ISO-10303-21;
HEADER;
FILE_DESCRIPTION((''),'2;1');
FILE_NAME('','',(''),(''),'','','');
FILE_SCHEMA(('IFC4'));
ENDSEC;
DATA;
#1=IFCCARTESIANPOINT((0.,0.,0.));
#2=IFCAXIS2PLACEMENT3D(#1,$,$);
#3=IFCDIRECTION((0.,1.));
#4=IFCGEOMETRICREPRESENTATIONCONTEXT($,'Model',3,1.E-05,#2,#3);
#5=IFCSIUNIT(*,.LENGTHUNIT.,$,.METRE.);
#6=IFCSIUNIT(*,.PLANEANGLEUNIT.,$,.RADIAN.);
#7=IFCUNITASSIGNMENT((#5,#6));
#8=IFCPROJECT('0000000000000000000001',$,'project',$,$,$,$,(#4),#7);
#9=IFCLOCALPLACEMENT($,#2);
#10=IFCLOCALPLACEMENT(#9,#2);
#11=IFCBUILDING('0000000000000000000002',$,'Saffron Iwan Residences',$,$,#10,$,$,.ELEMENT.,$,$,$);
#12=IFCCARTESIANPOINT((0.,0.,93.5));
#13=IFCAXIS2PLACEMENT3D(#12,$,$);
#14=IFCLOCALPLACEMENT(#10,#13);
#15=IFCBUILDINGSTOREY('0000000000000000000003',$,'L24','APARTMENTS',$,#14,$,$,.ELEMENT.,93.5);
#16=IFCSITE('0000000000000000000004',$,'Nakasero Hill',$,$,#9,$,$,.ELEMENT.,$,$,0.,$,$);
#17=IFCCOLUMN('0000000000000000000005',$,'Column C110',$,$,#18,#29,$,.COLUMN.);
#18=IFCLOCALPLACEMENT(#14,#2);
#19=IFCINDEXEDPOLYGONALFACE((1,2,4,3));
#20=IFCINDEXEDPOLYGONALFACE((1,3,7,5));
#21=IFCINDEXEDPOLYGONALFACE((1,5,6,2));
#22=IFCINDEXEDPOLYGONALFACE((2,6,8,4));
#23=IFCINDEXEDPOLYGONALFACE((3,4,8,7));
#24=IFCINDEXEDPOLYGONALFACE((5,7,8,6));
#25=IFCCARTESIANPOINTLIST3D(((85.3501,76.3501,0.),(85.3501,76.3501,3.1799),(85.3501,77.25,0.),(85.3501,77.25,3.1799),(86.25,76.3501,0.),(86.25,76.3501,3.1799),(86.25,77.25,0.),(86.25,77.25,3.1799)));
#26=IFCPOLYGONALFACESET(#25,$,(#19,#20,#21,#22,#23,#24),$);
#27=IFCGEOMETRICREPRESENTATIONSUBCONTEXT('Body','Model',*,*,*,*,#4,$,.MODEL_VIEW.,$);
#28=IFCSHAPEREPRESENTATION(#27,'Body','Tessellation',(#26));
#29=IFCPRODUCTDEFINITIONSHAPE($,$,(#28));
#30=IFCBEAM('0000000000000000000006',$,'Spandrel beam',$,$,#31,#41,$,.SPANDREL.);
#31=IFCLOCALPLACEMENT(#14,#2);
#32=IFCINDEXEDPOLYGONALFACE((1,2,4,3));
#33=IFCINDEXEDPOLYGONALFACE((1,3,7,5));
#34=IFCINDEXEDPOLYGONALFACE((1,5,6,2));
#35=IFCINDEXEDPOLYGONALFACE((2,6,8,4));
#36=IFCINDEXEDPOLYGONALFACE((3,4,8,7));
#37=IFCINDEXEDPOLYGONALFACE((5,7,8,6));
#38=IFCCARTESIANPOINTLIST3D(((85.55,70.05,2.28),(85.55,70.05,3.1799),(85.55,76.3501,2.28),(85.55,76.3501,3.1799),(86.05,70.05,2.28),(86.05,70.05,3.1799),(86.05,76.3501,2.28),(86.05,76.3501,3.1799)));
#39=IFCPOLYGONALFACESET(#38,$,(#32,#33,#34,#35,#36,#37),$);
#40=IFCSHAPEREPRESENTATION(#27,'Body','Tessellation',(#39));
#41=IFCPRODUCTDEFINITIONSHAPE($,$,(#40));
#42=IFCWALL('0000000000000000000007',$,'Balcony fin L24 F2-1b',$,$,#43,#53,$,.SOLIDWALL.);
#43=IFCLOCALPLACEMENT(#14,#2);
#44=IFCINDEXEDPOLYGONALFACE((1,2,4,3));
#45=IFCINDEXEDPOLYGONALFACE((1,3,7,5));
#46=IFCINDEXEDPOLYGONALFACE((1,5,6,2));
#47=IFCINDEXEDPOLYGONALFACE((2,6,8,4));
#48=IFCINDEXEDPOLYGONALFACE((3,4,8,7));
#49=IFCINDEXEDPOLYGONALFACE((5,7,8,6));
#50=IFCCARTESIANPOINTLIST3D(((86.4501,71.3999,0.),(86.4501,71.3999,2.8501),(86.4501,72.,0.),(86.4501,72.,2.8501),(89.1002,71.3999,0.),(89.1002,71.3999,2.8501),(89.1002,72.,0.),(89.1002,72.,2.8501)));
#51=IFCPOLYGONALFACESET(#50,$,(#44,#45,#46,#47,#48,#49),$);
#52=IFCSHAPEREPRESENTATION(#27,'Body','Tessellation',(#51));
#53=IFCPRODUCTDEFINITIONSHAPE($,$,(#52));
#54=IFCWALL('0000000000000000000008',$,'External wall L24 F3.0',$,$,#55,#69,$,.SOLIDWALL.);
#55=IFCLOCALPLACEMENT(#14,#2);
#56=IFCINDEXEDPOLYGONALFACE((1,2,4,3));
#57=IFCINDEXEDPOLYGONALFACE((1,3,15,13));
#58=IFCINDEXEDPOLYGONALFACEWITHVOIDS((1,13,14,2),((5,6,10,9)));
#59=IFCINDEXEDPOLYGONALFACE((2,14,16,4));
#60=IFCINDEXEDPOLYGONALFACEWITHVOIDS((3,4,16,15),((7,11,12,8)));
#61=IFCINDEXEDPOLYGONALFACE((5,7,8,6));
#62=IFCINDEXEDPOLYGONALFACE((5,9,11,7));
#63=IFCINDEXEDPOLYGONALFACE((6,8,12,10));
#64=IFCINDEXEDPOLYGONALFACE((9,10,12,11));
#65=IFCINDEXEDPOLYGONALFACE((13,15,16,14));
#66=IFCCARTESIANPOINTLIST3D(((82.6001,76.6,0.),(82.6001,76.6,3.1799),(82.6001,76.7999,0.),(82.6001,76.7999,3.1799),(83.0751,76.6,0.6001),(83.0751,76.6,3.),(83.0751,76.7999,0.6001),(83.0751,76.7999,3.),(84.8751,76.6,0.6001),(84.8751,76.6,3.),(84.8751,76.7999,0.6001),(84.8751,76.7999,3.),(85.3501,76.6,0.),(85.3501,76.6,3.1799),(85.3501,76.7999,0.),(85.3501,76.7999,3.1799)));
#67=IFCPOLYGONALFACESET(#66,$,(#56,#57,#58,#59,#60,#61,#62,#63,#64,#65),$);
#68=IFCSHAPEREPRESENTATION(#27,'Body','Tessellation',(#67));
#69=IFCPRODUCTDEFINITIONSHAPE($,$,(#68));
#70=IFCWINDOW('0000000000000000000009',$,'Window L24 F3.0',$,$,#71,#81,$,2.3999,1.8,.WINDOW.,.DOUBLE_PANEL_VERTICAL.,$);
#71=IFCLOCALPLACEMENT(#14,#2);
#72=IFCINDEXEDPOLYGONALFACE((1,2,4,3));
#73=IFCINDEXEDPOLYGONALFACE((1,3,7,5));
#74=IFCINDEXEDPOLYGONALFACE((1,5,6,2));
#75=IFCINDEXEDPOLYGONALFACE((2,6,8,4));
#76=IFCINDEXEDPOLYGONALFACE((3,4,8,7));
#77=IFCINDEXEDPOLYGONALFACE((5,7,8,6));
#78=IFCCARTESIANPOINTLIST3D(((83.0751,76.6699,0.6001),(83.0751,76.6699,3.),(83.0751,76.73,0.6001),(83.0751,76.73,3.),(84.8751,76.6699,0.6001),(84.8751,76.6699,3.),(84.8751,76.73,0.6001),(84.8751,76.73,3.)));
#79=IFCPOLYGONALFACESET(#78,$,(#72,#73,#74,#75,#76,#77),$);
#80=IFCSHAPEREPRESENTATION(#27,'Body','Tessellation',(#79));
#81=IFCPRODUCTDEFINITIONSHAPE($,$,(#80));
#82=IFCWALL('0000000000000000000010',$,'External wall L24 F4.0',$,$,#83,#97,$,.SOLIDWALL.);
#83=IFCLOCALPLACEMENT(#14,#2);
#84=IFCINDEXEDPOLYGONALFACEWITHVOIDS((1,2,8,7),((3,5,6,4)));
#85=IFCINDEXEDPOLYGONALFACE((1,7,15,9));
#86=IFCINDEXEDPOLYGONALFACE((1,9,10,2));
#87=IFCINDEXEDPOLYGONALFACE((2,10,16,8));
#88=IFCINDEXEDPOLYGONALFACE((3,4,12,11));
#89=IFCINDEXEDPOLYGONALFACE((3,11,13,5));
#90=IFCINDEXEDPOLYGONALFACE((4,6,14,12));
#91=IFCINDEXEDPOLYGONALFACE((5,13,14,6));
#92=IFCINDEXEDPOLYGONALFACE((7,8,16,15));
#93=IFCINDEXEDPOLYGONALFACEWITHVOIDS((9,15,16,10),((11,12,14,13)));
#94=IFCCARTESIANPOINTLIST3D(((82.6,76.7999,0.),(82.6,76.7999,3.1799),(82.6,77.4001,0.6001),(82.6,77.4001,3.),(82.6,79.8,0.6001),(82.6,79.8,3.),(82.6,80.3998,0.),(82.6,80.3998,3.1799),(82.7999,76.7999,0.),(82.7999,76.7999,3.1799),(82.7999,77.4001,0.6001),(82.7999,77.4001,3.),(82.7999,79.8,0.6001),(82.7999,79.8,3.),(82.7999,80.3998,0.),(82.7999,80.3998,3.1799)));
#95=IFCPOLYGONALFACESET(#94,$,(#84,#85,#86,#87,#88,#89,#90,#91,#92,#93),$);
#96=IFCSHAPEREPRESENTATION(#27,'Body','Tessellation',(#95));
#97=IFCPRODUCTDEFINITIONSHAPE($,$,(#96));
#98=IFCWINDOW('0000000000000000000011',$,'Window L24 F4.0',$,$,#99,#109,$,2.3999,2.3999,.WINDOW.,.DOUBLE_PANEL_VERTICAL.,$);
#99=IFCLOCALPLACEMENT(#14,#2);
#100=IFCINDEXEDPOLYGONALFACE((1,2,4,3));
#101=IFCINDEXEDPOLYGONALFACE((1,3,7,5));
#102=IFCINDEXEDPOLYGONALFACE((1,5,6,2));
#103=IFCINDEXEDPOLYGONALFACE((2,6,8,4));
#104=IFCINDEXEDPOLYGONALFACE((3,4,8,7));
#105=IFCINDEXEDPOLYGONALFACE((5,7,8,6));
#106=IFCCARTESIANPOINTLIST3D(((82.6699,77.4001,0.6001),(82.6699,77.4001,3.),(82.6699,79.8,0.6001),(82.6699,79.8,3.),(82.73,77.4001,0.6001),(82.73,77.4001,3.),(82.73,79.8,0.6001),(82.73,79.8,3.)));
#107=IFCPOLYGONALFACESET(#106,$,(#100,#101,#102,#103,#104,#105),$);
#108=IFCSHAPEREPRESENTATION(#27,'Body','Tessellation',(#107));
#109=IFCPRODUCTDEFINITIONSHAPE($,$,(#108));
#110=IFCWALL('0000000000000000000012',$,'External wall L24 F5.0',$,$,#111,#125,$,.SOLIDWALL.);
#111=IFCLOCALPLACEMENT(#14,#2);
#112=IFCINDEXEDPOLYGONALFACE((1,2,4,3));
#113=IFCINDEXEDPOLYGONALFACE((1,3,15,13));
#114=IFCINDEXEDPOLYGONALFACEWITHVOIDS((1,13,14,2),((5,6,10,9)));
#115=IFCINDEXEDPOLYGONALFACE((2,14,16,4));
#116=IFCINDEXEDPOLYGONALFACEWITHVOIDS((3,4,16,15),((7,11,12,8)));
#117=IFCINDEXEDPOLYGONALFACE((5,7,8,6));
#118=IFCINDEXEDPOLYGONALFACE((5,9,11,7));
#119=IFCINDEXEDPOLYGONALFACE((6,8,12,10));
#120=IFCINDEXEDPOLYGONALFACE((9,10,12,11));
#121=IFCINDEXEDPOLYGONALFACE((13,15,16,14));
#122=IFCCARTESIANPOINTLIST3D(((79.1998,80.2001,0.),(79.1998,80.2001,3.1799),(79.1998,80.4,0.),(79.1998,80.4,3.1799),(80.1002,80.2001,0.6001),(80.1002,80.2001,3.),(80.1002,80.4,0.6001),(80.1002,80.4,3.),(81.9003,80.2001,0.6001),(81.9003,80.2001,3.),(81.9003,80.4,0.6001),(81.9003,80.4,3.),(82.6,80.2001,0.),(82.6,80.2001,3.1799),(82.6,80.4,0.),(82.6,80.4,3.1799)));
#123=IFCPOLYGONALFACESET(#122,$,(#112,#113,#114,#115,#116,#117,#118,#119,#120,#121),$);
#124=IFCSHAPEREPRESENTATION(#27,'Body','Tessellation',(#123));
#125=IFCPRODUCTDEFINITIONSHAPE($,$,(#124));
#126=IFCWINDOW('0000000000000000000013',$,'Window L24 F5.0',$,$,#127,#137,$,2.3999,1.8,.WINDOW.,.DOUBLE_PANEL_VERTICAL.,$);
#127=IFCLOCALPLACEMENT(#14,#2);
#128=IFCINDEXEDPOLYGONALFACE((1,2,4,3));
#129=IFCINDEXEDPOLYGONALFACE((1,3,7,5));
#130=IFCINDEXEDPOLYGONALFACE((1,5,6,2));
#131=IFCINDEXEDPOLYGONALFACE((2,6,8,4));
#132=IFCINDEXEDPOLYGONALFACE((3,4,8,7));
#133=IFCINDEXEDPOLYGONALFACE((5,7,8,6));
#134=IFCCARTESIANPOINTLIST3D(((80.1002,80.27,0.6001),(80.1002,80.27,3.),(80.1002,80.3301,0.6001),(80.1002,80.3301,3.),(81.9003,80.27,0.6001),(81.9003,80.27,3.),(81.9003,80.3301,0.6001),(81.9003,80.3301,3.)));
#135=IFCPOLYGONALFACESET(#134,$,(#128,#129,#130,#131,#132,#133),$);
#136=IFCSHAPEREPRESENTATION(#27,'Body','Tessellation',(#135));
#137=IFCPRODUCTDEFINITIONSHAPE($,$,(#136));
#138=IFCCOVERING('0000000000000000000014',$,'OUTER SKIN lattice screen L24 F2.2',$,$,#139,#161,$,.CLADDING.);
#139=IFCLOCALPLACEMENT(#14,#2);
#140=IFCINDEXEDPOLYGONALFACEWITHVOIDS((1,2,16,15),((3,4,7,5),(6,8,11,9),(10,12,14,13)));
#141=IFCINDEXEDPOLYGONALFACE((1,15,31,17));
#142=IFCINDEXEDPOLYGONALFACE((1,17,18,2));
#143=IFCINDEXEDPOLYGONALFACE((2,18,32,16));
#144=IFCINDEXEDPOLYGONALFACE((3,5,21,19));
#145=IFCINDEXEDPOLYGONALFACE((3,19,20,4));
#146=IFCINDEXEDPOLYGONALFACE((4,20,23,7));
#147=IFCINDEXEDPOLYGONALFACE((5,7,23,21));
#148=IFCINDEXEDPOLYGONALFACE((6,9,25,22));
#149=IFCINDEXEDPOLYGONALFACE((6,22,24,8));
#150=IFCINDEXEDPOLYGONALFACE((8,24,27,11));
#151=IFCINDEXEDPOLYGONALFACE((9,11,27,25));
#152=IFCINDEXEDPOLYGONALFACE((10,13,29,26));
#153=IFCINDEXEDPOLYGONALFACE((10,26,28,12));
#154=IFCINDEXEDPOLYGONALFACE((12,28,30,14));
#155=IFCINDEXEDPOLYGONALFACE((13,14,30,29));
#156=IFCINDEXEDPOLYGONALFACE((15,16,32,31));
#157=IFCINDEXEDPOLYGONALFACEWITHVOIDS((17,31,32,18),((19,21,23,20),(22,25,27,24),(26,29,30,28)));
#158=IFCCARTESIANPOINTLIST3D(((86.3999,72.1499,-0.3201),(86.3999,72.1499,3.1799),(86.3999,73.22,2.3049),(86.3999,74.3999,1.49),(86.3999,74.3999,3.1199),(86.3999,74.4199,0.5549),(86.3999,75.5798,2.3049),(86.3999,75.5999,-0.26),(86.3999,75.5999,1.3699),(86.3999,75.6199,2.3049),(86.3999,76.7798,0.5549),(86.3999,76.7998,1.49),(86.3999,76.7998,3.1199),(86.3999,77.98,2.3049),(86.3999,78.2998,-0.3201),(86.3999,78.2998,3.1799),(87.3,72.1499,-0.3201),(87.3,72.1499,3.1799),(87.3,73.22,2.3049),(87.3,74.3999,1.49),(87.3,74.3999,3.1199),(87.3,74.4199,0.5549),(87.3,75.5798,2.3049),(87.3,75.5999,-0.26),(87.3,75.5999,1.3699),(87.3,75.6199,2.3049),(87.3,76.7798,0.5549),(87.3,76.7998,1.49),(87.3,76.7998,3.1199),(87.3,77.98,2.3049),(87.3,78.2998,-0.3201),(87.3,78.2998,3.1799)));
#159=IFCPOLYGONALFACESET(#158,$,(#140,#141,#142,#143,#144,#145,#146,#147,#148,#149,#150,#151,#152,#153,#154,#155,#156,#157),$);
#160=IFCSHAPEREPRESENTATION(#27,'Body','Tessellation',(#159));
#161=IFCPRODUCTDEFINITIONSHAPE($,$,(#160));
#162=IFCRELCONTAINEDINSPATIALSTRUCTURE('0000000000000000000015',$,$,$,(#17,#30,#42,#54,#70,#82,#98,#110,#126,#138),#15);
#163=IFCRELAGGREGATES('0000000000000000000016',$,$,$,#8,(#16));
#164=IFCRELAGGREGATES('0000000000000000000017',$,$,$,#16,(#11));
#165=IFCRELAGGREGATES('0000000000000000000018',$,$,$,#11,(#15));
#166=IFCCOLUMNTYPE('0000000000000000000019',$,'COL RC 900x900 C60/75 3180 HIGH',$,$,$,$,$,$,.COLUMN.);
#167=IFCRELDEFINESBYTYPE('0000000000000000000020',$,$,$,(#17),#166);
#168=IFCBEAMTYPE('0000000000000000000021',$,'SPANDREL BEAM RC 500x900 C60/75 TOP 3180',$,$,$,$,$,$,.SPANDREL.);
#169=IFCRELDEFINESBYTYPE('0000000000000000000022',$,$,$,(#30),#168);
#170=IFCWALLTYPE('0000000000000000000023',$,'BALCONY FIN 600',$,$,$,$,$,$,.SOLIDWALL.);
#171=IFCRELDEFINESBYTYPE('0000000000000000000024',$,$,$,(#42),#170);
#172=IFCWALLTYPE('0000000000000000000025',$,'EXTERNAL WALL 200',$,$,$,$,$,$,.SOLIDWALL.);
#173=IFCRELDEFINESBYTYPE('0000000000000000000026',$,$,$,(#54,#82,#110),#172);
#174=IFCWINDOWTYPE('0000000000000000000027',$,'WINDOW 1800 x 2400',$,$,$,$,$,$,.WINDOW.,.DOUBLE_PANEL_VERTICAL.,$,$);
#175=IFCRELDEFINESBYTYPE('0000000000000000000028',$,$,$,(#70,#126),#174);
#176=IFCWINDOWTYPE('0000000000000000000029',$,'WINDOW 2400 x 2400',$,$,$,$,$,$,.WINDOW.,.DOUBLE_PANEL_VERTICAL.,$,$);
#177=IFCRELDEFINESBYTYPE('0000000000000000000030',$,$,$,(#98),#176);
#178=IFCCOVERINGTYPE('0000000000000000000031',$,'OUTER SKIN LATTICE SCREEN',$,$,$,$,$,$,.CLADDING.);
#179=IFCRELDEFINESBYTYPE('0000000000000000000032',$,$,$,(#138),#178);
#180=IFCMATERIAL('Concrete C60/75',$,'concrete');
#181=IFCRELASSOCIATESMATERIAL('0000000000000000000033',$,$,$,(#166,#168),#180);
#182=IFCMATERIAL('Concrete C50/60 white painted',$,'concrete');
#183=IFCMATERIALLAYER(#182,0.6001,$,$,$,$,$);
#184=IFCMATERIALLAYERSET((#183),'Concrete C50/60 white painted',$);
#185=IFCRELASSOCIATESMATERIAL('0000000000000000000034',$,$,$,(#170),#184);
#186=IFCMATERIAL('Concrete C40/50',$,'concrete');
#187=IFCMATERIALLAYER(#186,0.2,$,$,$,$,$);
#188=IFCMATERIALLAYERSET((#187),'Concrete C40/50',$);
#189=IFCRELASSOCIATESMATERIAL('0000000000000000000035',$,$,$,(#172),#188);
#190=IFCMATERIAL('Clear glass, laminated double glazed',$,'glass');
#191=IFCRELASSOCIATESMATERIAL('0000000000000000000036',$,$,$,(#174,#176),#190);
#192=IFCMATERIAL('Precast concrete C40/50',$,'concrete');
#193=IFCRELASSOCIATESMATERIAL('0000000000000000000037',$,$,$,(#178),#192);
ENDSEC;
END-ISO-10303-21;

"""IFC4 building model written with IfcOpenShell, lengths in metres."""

from ifc_helpers import new_model, si_unit, direction, frame, frame_2d, origin, origin_2d, place, context, subcontext, project, spatial, polyline, rectangle, outline, extrude, source, transform, mapped, material, layer, layer_set, material_profile, profile_set, type_object, element, fill, save


model = new_model("IFC4")

# Units and contexts
model_context = context("Model", 3, precision=1e-05, world=origin(), true_north=direction((0.0, 1.0)))
body_context = subcontext(model_context, "Body", "Model", "MODEL_VIEW")
ifc_project = project(units=[si_unit("LENGTHUNIT", "METRE"), si_unit("PLANEANGLEUNIT", "RADIAN")], contexts=[model_context])

# Site, building, storey
site_placement = place(None, origin())
site = spatial("IfcSite", under=ifc_project, at=site_placement, Name="Nakasero Hill", CompositionType="ELEMENT", RefElevation=0.0)
building_placement = place(site_placement, origin())
building = spatial("IfcBuilding", under=site, at=building_placement, Name="Saffron Iwan Residences", CompositionType="ELEMENT")
storey_placement = place(building_placement, frame((0.0, 0.0, 93.5)))
storey = spatial("IfcBuildingStorey", under=building, at=storey_placement, Name="L24", Description="APARTMENTS", CompositionType="ELEMENT", Elevation=93.5)

# Column
ifc_material_1 = material(Name="Concrete C60/75", Category="concrete")
ifc_material_profile_1 = material_profile(ifc_material_1, rectangle(XDim=0.8999, YDim=0.8999, at=origin_2d()), Name="RC 900x900")
ifc_profile_set_1 = profile_set([ifc_material_profile_1], Name="Concrete C60/75")
column_type = type_object("IfcColumnType", Name="COL RC 900x900 C60/75 3180 HIGH", PredefinedType="COLUMN", material=ifc_profile_set_1)
shared_shape_1 = source(origin(), body_context, "Body", "SweptSolid", [
    extrude(rectangle(XDim=0.8999, YDim=0.8999, at=origin_2d()), origin(), (0.0, 0.0, 1.0), 3.1799),
])
column_placement = place(storey_placement, frame((85.8, 76.8, 0.0), z_axis=(0.0, 0.0, 1.0), x_axis=(1.0, 0.0, 0.0)))
element("IfcColumn", 1, at=column_placement, inside=storey, type_object=column_type, Name="Column C110", PredefinedType="COLUMN", context=body_context, shape_type="MappedRepresentation", body=[
    mapped(shared_shape_1, transform((0.0, 0.0, 0.0))),
])

# Beam
ifc_material_profile_2 = material_profile(ifc_material_1, rectangle(XDim=0.5, YDim=0.8999, at=origin_2d()), Name="RC 500x900")
ifc_profile_set_2 = profile_set([ifc_material_profile_2], Name="Concrete C60/75")
beam_type = type_object("IfcBeamType", Name="SPANDREL BEAM RC 500x900 C60/75 TOP 3180", PredefinedType="SPANDREL", material=ifc_profile_set_2)
shared_shape_2 = source(origin(), body_context, "Body", "SweptSolid", [
    extrude(rectangle(XDim=0.5, YDim=0.8999, at=origin_2d()), origin(), (0.0, 0.0, 1.0), 6.3),
])
beam_placement = place(storey_placement, frame((85.8, 76.3501, 2.73), z_axis=(0.0, -1.0, 0.0), x_axis=(1.0, 0.0, 0.0)))
element("IfcBeam", 2, at=beam_placement, inside=storey, type_object=beam_type, Name="Spandrel beam", PredefinedType="SPANDREL", context=body_context, shape_type="MappedRepresentation", body=[
    mapped(shared_shape_2, transform((0.0, 0.0, 0.0))),
])

# Wall
ifc_material_2 = material(Name="Concrete C50/60 white painted", Category="concrete")
ifc_layer_1 = layer(ifc_material_2, 0.6001)
ifc_layer_set_1 = layer_set([ifc_layer_1], Name="Concrete C50/60 white painted")
wall_type_1 = type_object("IfcWallType", Name="BALCONY FIN 600", PredefinedType="SOLIDWALL", material=ifc_layer_set_1)
wall_1_placement = place(storey_placement, frame((86.45, 71.7, 0.0), z_axis=(0.0, 0.0, 1.0), x_axis=(1.0, 0.0, 0.0)))
element("IfcWall", 3, at=wall_1_placement, inside=storey, type_object=wall_type_1, Name="Balcony fin L24 F2-1b", PredefinedType="SOLIDWALL", context=body_context, shape_type="SweptSolid", body=[
    extrude(rectangle(XDim=2.6501, YDim=0.6001, at=frame_2d((1.3252, 0.0))), origin(), (0.0, 0.0, 1.0), 2.8501),
])

# Walls, openings, windows
ifc_material_3 = material(Name="Concrete C40/50", Category="concrete")
ifc_layer_2 = layer(ifc_material_3, 0.2)
ifc_layer_set_2 = layer_set([ifc_layer_2], Name="Concrete C40/50")
wall_type_2 = type_object("IfcWallType", Name="EXTERNAL WALL 200", PredefinedType="SOLIDWALL", material=ifc_layer_set_2)
wall_2_placement = place(storey_placement, frame((85.3501, 76.7, 0.0), z_axis=(0.0, 0.0, 1.0), x_axis=(-1.0, 0.0, 0.0)))
wall_2 = element("IfcWall", 4, at=wall_2_placement, inside=storey, type_object=wall_type_2, Name="External wall L24 F3.0", PredefinedType="SOLIDWALL", context=body_context, shape_type="SweptSolid", body=[
    extrude(rectangle(XDim=2.75, YDim=0.2, at=frame_2d((1.375, 0.0))), origin(), (0.0, 0.0, 1.0), 3.1799),
])
opening_1_placement = place(wall_2_placement, frame((0.4751, 0.0, 0.6001)))
opening_1 = element("IfcOpeningElement", 5, at=opening_1_placement, cuts=wall_2, PredefinedType="OPENING", context=body_context, shape_type="SweptSolid", body=[
    extrude(rectangle(XDim=1.8, YDim=2.3999, at=frame_2d((0.8999, 1.2))), frame((0.0, 0.1099, 0.0), z_axis=(0.0, -1.0, 0.0), x_axis=(1.0, 0.0, 0.0)), (0.0, 0.0, 1.0), 0.22),
])
ifc_material_4 = material(Name="Clear glass, laminated double glazed", Category="glass")
window_type_1 = type_object("IfcWindowType", Name="WINDOW 1800 x 2400", PartitioningType="DOUBLE_PANEL_VERTICAL", PredefinedType="WINDOW", material=ifc_material_4)
window_1_placement = place(opening_1_placement, origin())
window_1 = element("IfcWindow", 6, at=window_1_placement, inside=storey, type_object=window_type_1, Name="Window L24 F3.0", OverallHeight=2.3999, OverallWidth=1.8, PartitioningType="DOUBLE_PANEL_VERTICAL", PredefinedType="WINDOW", context=body_context, shape_type="SweptSolid", body=[
    extrude(rectangle(XDim=1.8, YDim=2.3999, at=frame_2d((0.8999, 1.2))), frame((0.0, 0.03, 0.0), z_axis=(0.0, -1.0, 0.0), x_axis=(1.0, 0.0, 0.0)), (0.0, 0.0, 1.0), 0.0601),
])
fill(opening_1, window_1)
wall_3_placement = place(storey_placement, frame((82.7, 76.8, 0.0), z_axis=(0.0, 0.0, 1.0), x_axis=(0.0, 1.0, 0.0)))
wall_3 = element("IfcWall", 7, at=wall_3_placement, inside=storey, type_object=wall_type_2, Name="External wall L24 F4.0", PredefinedType="SOLIDWALL", context=body_context, shape_type="SweptSolid", body=[
    extrude(rectangle(XDim=3.5999, YDim=0.2, at=frame_2d((1.7998, 0.0))), origin(), (0.0, 0.0, 1.0), 3.1799),
])
opening_2_placement = place(wall_3_placement, frame((0.6001, 0.0, 0.6001)))
opening_2 = element("IfcOpeningElement", 8, at=opening_2_placement, cuts=wall_3, PredefinedType="OPENING", context=body_context, shape_type="SweptSolid", body=[
    extrude(rectangle(XDim=2.3999, YDim=2.3999, at=frame_2d((1.2, 1.2))), frame((0.0, 0.1099, 0.0), z_axis=(0.0, -1.0, 0.0), x_axis=(1.0, 0.0, 0.0)), (0.0, 0.0, 1.0), 0.22),
])
window_type_2 = type_object("IfcWindowType", Name="WINDOW 2400 x 2400", PartitioningType="DOUBLE_PANEL_VERTICAL", PredefinedType="WINDOW", material=ifc_material_4)
window_2_placement = place(opening_2_placement, origin())
window_2 = element("IfcWindow", 9, at=window_2_placement, inside=storey, type_object=window_type_2, Name="Window L24 F4.0", OverallHeight=2.3999, OverallWidth=2.3999, PartitioningType="DOUBLE_PANEL_VERTICAL", PredefinedType="WINDOW", context=body_context, shape_type="SweptSolid", body=[
    extrude(rectangle(XDim=2.3999, YDim=2.3999, at=frame_2d((1.2, 1.2))), frame((0.0, 0.03, 0.0), z_axis=(0.0, -1.0, 0.0), x_axis=(1.0, 0.0, 0.0)), (0.0, 0.0, 1.0), 0.0601),
])
fill(opening_2, window_2)
wall_4_placement = place(storey_placement, frame((82.6001, 80.3, 0.0), z_axis=(0.0, 0.0, 1.0), x_axis=(-1.0, 0.0, 0.0)))
wall_4 = element("IfcWall", 10, at=wall_4_placement, inside=storey, type_object=wall_type_2, Name="External wall L24 F5.0", PredefinedType="SOLIDWALL", context=body_context, shape_type="SweptSolid", body=[
    extrude(rectangle(XDim=3.4001, YDim=0.2, at=frame_2d((1.7002, 0.0))), origin(), (0.0, 0.0, 1.0), 3.1799),
])
opening_3_placement = place(wall_4_placement, frame((0.7, 0.0, 0.6001)))
opening_3 = element("IfcOpeningElement", 11, at=opening_3_placement, cuts=wall_4, PredefinedType="OPENING", context=body_context, shape_type="SweptSolid", body=[
    extrude(rectangle(XDim=1.8, YDim=2.3999, at=frame_2d((0.8999, 1.2))), frame((0.0, 0.1099, 0.0), z_axis=(0.0, -1.0, 0.0), x_axis=(1.0, 0.0, 0.0)), (0.0, 0.0, 1.0), 0.22),
])
window_3_placement = place(opening_3_placement, origin())
window_3 = element("IfcWindow", 12, at=window_3_placement, inside=storey, type_object=window_type_1, Name="Window L24 F5.0", OverallHeight=2.3999, OverallWidth=1.8, PartitioningType="DOUBLE_PANEL_VERTICAL", PredefinedType="WINDOW", context=body_context, shape_type="SweptSolid", body=[
    extrude(rectangle(XDim=1.8, YDim=2.3999, at=frame_2d((0.8999, 1.2))), frame((0.0, 0.03, 0.0), z_axis=(0.0, -1.0, 0.0), x_axis=(1.0, 0.0, 0.0)), (0.0, 0.0, 1.0), 0.0601),
])
fill(opening_3, window_3)

# Covering
ifc_material_5 = material(Name="Precast concrete C40/50", Category="concrete")
covering_type_1 = type_object("IfcCoveringType", Name="OUTER SKIN LATTICE SCREEN", PredefinedType="CLADDING", material=ifc_material_5)
covering_1_placement = place(storey_placement, frame((86.3999, 72.1499, -0.3201), z_axis=(1.0, 0.0, 0.0), x_axis=(0.0, 1.0, 0.0)))
element("IfcCovering", 13, at=covering_1_placement, inside=storey, type_object=covering_type_1, Name="OUTER SKIN lattice screen L24 F2.2", PredefinedType="CLADDING", context=body_context, shape_type="SweptSolid", body=[
    extrude(outline(polyline([(0.0, 0.0), (6.1499, 0.0), (6.1499, 3.5), (0.0, 3.5), (0.0, 0.0)]), holes=[polyline([(2.27, 0.875), (3.45, 0.0601), (4.6299, 0.875), (3.45, 1.6899), (2.27, 0.875)]), polyline([(1.0701, 2.625), (2.25, 1.8101), (3.4299, 2.625), (2.25, 3.4399), (1.0701, 2.625)]), polyline([(3.47, 2.625), (4.6499, 1.8101), (5.8301, 2.625), (4.6499, 3.4399), (3.47, 2.625)])]), origin(), (0.0, 0.0, 1.0), 0.9001),
])

save(model, "model.ifc")
